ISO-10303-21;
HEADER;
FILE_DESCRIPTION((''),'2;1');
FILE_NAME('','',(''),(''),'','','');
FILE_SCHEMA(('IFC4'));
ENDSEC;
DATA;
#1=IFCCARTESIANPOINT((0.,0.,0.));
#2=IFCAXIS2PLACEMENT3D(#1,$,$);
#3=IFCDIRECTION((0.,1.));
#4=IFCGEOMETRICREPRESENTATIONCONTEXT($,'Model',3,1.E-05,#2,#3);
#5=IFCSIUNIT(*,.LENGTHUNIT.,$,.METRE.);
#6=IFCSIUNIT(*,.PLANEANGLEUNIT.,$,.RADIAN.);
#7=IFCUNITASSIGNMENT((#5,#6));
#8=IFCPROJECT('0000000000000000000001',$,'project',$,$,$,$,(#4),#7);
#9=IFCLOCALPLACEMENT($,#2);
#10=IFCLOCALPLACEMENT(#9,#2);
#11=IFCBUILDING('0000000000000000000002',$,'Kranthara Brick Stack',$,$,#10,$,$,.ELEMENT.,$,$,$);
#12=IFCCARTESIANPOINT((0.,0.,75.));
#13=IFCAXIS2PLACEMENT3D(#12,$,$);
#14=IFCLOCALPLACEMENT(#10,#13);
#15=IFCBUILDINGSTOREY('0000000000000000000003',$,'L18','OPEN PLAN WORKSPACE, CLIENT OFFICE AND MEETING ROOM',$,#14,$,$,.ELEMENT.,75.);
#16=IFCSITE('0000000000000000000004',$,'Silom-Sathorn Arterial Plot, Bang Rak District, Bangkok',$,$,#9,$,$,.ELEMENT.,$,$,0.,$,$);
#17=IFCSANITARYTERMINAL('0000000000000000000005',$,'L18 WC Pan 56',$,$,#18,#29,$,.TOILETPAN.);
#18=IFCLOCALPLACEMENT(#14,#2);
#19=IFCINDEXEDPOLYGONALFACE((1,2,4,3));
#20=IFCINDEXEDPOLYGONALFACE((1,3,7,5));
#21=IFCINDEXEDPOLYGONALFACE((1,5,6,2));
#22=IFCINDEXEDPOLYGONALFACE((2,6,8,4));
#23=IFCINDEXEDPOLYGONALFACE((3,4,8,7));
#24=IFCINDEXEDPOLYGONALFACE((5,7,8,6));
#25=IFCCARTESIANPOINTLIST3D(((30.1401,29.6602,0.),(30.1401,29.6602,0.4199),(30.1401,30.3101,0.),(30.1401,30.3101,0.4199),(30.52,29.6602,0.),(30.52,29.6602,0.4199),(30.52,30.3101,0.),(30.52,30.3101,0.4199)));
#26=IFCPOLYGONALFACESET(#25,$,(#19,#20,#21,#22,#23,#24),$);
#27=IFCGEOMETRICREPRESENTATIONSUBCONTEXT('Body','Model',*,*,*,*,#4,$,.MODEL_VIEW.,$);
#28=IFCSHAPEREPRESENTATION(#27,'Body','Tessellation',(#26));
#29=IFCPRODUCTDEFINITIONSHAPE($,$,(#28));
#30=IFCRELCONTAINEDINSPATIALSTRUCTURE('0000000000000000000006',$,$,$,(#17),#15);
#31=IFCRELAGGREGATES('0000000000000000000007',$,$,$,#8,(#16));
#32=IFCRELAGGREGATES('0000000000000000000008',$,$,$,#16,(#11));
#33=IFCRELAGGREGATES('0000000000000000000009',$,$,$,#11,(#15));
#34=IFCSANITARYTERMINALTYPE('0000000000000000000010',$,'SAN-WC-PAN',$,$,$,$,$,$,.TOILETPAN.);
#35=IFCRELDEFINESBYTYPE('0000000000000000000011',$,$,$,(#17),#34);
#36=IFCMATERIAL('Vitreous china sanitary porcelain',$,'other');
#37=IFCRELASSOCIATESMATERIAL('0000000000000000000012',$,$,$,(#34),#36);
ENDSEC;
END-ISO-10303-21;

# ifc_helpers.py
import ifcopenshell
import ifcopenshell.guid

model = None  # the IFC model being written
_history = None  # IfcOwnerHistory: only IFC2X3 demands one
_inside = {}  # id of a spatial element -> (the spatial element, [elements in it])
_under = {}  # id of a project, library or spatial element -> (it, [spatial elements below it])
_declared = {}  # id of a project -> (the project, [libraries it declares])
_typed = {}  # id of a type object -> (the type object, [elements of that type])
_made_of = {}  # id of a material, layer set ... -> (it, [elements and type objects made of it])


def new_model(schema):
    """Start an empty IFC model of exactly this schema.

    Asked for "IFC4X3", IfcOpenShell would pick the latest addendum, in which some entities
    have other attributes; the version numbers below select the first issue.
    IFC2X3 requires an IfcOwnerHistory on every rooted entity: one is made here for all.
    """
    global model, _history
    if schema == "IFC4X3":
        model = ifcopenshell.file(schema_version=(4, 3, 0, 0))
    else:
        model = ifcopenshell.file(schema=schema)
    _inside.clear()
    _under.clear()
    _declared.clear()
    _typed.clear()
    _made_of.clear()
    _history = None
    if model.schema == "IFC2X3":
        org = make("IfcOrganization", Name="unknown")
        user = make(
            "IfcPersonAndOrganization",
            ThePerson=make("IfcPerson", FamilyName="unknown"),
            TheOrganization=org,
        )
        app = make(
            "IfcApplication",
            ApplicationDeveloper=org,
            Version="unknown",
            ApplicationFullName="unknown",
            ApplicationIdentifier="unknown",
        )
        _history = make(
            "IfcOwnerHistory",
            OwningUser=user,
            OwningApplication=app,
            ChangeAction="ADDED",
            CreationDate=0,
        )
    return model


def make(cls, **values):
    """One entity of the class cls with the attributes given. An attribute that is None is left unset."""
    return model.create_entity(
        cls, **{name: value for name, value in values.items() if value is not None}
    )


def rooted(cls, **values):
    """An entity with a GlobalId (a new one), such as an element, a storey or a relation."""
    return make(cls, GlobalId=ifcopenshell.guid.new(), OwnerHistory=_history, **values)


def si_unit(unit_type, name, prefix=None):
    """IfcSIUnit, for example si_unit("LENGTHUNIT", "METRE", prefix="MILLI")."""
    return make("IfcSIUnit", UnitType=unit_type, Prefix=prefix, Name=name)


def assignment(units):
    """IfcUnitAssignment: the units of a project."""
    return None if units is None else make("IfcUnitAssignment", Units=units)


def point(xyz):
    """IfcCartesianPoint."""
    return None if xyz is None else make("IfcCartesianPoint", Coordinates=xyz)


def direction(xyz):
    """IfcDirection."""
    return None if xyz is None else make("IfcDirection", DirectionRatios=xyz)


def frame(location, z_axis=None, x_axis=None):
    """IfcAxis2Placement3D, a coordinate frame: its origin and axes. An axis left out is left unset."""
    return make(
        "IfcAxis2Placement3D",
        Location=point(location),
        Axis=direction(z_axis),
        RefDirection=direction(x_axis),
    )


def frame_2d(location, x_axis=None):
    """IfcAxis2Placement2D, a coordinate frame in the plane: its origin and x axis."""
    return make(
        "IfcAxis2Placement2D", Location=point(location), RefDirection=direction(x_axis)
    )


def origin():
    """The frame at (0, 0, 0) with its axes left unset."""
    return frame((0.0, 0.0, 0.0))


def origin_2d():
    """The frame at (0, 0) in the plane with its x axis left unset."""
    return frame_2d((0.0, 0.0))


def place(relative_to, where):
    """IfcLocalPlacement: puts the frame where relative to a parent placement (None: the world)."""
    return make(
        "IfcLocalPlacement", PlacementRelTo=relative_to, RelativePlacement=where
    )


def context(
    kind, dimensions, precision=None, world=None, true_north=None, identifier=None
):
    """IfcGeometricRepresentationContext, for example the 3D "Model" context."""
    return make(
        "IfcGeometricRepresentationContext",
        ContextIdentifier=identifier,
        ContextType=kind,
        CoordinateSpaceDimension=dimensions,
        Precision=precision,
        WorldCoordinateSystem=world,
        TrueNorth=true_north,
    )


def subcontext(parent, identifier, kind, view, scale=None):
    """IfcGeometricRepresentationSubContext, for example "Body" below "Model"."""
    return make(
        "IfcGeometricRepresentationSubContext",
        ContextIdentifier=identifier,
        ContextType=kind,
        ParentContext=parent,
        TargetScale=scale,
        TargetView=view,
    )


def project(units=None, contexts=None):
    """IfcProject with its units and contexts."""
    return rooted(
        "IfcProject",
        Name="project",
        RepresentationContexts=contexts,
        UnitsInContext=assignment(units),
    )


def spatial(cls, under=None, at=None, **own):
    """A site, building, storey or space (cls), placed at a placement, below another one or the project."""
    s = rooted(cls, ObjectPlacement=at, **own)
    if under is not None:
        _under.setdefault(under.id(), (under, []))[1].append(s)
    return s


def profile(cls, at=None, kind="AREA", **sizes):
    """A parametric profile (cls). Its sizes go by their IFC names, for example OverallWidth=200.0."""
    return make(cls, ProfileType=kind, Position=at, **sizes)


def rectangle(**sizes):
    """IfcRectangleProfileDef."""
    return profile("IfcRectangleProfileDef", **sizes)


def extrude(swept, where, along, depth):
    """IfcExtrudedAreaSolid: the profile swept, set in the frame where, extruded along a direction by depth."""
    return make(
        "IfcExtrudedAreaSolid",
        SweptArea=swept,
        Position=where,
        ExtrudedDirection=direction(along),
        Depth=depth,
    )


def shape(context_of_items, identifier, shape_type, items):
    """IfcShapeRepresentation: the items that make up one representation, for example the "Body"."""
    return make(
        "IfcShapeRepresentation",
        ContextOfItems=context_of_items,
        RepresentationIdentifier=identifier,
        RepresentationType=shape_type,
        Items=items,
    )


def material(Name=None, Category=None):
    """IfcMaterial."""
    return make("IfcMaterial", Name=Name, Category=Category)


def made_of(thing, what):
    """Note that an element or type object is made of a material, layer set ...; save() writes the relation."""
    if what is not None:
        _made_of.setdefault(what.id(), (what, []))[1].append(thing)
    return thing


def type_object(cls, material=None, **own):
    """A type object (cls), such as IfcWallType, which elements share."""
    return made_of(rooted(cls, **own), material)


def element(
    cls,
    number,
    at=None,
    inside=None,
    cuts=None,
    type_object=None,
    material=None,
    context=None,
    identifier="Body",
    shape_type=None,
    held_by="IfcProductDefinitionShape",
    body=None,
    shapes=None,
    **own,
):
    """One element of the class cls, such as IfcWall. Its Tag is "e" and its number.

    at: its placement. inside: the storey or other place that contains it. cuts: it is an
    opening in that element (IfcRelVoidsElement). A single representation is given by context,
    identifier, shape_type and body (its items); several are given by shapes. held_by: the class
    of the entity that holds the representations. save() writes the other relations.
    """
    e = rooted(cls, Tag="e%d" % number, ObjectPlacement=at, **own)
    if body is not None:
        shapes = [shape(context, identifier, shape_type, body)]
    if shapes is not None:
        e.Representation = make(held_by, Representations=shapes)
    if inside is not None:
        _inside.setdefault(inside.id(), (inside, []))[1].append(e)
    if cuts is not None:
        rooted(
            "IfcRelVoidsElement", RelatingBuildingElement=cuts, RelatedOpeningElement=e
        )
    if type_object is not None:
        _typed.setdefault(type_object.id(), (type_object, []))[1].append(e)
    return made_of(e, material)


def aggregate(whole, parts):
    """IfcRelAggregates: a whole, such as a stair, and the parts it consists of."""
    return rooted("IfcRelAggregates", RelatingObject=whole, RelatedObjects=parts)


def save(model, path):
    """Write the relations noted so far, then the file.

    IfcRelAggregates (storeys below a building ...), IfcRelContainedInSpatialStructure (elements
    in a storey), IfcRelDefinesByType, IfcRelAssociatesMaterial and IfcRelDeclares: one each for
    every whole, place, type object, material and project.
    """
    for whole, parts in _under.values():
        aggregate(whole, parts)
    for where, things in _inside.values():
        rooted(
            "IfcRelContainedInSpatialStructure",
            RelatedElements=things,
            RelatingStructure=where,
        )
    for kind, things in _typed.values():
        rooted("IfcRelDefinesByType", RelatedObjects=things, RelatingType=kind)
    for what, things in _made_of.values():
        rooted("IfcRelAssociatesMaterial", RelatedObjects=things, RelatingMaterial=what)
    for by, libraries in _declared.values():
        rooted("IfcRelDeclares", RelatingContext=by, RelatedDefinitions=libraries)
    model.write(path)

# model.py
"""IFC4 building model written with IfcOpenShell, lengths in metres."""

from ifc_helpers import new_model, si_unit, direction, frame, origin, origin_2d, place, context, subcontext, project, spatial, rectangle, extrude, material, type_object, element, save


model = new_model("IFC4")

# Units and contexts
model_context = context("Model", 3, precision=1e-05, world=origin(), true_north=direction((0.0, 1.0)))
body_context = subcontext(model_context, "Body", "Model", "MODEL_VIEW")
ifc_project = project(units=[si_unit("LENGTHUNIT", "METRE"), si_unit("PLANEANGLEUNIT", "RADIAN")], contexts=[model_context])

# Site, building, storey
site_placement = place(None, origin())
site = spatial("IfcSite", under=ifc_project, at=site_placement, Name="Silom-Sathorn Arterial Plot, Bang Rak District, Bangkok", CompositionType="ELEMENT", RefElevation=0.0)
building_placement = place(site_placement, origin())
building = spatial("IfcBuilding", under=site, at=building_placement, Name="Kranthara Brick Stack", CompositionType="ELEMENT")
storey_placement = place(building_placement, frame((0.0, 0.0, 75.0)))
storey = spatial("IfcBuildingStorey", under=building, at=storey_placement, Name="L18", Description="OPEN PLAN WORKSPACE, CLIENT OFFICE AND MEETING ROOM", CompositionType="ELEMENT", Elevation=75.0)

# Sanitary terminal
ifc_material_1 = material(Name="Vitreous china sanitary porcelain", Category="other")
sanitary_terminal_type_1 = type_object("IfcSanitaryTerminalType", Name="SAN-WC-PAN", PredefinedType="TOILETPAN", material=ifc_material_1)
for number, where, z_axis, x_axis, name in (
    (1, (30.3301, 29.9851, 0.0), (0.0, 0.0, 1.0), (1.0, 0.0, 0.0), "L18 WC Pan 56"),
):
    element("IfcSanitaryTerminal", number, at=place(storey_placement, frame(where, z_axis=z_axis, x_axis=x_axis)), inside=storey, type_object=sanitary_terminal_type_1, Name=name, PredefinedType="TOILETPAN", context=body_context, shape_type="SweptSolid", body=[
        extrude(rectangle(XDim=0.3799, YDim=0.6499, at=origin_2d()), origin(), (0.0, 0.0, 1.0), 0.4199),
    ])

save(model, "model.ifc")
